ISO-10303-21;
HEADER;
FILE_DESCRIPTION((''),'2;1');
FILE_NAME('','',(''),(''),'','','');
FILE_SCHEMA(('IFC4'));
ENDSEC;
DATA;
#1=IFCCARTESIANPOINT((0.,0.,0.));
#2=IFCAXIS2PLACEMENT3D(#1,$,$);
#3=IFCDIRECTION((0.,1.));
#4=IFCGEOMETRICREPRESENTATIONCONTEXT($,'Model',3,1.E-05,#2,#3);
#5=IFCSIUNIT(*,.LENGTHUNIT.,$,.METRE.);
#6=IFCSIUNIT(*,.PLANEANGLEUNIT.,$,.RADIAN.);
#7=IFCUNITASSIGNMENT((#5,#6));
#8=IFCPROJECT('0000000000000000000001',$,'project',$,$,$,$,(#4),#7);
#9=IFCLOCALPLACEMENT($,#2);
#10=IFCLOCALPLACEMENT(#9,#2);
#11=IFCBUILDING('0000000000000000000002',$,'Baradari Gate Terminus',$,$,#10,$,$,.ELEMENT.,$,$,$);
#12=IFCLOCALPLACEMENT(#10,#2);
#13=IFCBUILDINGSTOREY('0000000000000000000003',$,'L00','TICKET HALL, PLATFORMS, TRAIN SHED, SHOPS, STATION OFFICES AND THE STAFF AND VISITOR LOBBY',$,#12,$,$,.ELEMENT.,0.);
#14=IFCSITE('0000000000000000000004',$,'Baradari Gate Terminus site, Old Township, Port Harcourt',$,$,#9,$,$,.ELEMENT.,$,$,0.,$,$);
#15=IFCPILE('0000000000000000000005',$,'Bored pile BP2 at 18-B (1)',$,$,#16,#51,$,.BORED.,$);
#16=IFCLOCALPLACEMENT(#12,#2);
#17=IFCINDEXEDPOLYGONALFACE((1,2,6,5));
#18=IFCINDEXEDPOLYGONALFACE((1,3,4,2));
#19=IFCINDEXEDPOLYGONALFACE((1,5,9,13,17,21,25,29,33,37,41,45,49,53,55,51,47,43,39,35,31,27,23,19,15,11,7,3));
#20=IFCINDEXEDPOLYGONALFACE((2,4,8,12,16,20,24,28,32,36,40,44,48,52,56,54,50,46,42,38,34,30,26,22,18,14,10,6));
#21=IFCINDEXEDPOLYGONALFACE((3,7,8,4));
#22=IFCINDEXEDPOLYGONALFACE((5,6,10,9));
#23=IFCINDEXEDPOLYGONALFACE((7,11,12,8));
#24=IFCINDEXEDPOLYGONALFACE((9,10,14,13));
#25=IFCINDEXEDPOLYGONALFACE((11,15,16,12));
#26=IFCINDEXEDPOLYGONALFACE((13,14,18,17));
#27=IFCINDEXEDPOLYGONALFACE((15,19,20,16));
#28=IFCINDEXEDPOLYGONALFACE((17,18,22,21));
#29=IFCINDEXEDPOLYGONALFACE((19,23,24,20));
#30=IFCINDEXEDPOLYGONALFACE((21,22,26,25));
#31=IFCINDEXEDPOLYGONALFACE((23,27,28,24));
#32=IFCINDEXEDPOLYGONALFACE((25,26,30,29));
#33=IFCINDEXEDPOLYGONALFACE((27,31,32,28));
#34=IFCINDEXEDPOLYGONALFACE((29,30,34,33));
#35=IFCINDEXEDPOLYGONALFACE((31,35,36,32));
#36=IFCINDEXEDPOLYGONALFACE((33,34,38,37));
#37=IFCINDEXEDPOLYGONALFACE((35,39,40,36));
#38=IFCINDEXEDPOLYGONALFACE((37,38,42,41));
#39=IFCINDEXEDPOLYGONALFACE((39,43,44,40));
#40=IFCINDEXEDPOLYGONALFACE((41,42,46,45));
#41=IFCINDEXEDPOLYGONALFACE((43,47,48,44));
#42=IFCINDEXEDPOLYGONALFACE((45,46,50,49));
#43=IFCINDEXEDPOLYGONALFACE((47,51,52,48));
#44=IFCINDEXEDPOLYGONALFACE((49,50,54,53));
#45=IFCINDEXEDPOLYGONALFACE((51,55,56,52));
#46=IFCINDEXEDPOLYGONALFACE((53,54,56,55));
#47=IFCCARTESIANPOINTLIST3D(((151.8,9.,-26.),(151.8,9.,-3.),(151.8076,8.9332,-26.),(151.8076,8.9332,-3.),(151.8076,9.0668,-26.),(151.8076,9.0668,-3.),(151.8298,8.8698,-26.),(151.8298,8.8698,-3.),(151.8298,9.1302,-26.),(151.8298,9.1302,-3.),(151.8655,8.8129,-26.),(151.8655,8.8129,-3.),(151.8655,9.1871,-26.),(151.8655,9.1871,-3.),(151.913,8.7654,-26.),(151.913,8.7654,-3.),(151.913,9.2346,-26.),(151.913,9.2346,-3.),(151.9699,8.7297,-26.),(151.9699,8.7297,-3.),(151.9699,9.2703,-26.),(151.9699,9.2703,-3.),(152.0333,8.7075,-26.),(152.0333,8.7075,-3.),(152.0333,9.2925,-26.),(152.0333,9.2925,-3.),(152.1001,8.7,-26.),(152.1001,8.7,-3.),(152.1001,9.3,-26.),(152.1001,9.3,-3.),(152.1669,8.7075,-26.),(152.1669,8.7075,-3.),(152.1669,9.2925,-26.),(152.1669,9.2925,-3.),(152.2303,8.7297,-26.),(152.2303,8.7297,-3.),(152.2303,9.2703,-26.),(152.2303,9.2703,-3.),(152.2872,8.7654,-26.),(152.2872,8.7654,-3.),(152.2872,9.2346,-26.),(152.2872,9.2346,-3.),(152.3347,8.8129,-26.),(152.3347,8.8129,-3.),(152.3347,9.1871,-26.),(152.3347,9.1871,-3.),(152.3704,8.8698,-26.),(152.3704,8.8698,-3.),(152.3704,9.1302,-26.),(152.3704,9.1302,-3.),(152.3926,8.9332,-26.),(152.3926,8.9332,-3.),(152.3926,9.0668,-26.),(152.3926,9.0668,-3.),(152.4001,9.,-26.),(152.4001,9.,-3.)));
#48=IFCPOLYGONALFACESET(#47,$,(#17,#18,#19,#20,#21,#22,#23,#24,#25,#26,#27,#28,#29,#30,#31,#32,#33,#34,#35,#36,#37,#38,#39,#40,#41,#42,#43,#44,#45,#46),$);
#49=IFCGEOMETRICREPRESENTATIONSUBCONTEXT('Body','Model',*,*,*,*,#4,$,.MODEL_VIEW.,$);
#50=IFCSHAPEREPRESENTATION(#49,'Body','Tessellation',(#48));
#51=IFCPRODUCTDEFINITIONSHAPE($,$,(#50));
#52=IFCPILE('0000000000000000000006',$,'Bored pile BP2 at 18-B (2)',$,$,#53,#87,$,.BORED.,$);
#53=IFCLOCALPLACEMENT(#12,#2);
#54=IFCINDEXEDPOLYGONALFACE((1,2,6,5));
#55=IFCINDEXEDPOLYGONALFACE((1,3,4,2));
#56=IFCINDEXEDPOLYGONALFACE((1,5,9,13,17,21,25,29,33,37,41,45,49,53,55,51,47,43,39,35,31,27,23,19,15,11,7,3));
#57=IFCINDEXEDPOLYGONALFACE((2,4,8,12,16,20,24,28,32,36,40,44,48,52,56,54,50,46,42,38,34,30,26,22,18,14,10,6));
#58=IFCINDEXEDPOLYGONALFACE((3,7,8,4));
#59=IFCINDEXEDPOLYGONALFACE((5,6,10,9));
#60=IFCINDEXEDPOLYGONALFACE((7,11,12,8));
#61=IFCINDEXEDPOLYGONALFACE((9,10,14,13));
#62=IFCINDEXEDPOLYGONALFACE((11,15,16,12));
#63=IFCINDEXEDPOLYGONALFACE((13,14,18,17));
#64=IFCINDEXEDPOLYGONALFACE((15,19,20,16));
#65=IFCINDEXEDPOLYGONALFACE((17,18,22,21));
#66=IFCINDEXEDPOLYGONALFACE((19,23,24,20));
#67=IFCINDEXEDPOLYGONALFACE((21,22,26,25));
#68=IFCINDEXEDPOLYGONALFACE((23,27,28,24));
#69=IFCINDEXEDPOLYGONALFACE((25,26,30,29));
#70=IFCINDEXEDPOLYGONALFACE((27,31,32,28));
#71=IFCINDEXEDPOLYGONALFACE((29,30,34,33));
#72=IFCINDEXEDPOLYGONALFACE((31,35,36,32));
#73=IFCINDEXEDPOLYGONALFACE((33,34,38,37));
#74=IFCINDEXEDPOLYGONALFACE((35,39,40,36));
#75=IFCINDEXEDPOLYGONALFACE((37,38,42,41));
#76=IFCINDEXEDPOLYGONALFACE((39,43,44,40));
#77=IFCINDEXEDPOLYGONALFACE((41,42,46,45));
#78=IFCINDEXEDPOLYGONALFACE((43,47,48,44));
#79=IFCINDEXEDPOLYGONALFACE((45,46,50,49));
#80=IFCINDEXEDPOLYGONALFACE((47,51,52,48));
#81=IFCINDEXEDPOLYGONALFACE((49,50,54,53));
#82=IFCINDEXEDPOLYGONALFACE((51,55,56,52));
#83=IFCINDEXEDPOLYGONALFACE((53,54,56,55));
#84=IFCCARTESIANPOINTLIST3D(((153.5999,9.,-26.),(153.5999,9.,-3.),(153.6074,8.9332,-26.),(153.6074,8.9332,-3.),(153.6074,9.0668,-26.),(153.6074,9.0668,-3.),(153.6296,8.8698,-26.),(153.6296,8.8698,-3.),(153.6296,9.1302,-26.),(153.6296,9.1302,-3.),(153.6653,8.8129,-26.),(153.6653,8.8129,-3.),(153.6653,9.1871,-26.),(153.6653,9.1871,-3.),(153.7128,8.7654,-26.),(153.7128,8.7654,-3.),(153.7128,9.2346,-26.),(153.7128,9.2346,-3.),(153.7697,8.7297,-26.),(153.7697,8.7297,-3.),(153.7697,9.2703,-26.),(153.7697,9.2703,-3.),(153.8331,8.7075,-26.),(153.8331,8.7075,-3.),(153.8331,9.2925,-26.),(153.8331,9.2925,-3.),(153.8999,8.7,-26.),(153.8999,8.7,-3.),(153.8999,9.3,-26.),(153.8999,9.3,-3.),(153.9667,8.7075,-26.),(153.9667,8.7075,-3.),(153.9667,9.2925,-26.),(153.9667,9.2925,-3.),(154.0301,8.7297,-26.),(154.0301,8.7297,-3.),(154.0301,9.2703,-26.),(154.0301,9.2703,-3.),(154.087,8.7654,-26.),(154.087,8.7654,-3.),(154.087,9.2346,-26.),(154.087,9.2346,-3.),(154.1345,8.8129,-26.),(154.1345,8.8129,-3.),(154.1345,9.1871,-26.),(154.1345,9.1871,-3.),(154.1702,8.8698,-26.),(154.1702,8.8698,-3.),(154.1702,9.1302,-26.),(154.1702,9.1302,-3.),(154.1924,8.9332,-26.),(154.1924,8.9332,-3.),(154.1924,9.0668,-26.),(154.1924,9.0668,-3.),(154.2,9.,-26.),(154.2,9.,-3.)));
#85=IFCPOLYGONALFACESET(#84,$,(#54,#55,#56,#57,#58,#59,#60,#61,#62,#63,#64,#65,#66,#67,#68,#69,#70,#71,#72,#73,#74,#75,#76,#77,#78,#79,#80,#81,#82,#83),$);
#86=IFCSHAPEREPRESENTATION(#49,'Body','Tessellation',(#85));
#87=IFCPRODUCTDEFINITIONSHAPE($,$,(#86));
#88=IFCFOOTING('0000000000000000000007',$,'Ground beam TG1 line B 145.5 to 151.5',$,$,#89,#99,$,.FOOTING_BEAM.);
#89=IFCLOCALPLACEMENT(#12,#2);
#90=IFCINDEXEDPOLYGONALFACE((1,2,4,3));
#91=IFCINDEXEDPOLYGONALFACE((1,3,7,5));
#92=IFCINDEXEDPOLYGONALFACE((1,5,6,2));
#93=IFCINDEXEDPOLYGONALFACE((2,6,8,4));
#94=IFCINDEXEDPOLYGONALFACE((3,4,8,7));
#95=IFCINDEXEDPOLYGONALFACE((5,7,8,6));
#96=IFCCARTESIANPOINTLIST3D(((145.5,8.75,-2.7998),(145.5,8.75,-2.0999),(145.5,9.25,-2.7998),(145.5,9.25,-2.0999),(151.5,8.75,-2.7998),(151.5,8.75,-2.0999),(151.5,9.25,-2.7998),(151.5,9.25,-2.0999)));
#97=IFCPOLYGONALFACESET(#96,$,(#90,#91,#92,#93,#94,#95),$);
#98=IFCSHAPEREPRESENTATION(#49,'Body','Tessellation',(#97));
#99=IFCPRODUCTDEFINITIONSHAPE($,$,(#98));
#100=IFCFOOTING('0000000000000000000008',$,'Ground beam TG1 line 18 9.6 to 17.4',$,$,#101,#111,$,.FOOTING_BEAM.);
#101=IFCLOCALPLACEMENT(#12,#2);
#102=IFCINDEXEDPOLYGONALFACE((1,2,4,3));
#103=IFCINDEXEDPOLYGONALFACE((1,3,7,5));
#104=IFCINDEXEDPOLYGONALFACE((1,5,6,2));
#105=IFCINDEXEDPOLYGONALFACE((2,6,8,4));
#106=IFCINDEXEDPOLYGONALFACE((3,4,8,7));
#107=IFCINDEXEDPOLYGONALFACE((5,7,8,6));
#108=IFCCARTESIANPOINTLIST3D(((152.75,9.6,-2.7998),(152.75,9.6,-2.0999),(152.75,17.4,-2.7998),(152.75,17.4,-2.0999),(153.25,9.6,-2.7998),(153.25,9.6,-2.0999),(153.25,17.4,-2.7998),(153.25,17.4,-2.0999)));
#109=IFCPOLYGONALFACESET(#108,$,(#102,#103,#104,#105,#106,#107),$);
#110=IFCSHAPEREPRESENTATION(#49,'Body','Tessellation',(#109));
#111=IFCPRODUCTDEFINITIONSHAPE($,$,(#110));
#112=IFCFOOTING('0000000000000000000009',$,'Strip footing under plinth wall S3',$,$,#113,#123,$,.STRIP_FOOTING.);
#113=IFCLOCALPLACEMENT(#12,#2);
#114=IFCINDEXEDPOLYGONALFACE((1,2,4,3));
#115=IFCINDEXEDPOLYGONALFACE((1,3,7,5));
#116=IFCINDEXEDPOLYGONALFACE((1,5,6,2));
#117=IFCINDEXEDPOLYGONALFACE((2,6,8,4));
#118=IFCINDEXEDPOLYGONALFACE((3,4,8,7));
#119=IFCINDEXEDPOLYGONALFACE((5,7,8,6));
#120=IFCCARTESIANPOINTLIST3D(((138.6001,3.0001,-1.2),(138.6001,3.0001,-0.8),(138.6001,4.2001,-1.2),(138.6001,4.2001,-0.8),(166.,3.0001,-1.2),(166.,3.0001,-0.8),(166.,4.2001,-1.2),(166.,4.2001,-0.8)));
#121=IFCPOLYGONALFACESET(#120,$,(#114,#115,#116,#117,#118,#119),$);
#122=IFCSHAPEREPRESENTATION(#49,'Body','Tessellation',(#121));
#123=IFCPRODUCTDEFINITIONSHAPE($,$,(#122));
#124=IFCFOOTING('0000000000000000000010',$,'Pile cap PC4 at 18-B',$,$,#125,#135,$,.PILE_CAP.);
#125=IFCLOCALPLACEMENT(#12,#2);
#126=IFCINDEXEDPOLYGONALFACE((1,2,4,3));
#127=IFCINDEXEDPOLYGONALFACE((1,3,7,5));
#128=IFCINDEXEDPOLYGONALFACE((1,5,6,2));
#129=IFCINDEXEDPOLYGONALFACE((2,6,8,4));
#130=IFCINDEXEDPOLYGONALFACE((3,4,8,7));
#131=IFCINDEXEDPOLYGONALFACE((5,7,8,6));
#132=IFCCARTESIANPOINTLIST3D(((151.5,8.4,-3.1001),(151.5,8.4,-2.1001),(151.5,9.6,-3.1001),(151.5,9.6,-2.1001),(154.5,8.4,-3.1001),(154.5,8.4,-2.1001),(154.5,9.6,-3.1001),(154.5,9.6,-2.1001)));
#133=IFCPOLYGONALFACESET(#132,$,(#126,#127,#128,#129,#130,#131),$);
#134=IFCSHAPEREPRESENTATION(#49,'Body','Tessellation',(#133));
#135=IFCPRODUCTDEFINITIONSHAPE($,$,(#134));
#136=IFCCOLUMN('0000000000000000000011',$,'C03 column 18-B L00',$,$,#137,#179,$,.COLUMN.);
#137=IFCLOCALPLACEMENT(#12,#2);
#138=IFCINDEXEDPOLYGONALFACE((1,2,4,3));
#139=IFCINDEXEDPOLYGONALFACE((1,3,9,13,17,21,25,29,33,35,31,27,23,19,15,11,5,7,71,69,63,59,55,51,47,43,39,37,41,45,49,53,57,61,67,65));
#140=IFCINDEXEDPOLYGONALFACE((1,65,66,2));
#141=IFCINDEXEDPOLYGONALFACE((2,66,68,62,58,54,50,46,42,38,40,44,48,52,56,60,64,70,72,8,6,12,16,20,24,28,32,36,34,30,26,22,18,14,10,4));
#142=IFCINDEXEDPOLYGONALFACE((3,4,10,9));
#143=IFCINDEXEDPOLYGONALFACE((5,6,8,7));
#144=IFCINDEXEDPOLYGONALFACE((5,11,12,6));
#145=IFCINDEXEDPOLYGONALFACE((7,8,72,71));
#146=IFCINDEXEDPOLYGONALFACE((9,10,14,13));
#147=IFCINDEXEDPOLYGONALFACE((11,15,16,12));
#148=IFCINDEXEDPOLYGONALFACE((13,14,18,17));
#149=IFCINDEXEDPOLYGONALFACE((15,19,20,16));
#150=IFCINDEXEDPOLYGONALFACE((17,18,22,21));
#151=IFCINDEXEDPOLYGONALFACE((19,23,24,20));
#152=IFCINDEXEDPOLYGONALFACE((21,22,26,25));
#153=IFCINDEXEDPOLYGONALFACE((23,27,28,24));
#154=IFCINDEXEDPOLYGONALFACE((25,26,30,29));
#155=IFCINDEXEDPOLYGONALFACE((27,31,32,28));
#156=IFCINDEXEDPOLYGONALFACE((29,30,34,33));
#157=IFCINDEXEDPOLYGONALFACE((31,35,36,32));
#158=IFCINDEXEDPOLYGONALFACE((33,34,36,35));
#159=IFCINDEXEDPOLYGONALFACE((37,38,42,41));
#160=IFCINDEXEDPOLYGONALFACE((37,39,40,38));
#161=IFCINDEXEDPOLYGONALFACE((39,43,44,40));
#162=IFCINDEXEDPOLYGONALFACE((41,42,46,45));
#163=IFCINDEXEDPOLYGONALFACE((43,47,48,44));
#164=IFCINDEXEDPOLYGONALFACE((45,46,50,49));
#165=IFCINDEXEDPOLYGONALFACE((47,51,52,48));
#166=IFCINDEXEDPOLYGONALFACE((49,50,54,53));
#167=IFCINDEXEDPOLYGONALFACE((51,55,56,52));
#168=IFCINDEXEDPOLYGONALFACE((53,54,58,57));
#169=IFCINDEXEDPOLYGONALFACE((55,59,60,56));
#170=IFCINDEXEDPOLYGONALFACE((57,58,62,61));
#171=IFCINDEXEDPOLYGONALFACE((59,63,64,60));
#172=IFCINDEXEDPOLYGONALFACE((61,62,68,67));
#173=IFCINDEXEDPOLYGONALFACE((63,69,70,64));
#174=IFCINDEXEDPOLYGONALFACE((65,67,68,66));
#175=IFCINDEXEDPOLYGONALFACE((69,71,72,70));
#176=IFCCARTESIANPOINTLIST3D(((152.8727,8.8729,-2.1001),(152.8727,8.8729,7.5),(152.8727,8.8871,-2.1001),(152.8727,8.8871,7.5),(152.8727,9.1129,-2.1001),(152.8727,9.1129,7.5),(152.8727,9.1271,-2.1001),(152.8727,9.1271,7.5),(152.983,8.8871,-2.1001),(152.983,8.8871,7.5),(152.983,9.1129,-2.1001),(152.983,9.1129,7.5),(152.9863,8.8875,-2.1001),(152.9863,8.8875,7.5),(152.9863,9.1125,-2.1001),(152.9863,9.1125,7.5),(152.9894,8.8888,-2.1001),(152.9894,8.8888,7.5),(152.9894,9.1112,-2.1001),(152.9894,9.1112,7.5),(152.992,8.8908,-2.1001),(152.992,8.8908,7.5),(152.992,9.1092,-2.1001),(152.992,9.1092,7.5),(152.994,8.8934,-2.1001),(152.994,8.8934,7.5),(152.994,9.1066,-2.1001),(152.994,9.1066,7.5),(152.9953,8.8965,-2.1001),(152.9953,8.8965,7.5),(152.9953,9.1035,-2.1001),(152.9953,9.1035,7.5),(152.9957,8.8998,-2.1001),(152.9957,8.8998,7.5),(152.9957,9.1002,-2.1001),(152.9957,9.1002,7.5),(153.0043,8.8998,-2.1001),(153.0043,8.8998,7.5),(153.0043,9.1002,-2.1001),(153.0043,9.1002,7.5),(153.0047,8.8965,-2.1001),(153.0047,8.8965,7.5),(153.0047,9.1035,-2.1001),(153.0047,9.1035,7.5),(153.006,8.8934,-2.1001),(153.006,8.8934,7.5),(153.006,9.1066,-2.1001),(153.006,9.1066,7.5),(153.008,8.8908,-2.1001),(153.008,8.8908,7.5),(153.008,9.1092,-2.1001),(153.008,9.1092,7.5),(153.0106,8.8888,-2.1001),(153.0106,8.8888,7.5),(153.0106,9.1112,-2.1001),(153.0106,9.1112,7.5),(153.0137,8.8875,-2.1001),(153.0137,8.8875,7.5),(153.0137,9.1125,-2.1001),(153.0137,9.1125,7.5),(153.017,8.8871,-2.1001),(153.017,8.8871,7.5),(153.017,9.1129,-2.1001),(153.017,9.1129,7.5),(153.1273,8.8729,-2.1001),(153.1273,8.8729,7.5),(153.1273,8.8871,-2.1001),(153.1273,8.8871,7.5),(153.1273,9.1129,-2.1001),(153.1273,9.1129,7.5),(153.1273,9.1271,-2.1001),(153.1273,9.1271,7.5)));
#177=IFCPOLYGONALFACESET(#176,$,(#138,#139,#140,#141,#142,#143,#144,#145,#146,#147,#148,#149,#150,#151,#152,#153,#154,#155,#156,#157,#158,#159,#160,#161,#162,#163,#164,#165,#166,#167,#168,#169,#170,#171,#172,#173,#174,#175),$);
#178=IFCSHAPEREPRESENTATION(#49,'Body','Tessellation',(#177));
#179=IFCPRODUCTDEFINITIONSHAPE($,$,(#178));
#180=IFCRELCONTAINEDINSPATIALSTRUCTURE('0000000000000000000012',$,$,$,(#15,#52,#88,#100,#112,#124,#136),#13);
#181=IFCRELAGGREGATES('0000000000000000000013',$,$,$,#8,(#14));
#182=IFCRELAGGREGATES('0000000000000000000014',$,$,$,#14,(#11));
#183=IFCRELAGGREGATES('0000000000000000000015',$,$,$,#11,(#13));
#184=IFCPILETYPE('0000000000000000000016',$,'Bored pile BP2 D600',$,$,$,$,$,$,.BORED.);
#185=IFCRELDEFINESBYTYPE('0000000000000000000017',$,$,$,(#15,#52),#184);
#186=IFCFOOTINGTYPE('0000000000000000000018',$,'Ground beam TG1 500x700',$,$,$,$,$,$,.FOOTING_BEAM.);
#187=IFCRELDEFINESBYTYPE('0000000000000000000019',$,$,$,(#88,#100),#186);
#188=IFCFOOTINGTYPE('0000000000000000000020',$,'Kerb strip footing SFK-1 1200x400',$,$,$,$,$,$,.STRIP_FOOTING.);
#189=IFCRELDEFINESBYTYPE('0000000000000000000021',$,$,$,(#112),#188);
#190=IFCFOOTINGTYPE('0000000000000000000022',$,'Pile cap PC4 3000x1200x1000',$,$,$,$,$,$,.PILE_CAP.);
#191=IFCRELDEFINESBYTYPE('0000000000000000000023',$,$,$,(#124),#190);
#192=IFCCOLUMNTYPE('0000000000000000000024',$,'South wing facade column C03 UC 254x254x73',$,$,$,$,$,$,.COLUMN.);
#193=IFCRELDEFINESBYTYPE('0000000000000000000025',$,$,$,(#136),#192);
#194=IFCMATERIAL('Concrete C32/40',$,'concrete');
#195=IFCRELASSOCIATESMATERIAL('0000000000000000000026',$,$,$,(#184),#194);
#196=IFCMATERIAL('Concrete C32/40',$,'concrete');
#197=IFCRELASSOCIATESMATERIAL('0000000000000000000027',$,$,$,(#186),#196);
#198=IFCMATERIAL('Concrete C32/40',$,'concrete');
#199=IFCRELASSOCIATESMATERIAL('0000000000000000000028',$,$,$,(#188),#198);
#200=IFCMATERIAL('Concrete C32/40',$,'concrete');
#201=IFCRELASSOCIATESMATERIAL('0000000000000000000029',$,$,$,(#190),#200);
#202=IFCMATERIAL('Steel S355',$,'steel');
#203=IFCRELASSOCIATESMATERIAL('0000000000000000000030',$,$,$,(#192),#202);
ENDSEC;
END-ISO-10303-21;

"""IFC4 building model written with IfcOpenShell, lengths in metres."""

from ifc_helpers import new_model, si_unit, direction, frame, origin, origin_2d, place, context, subcontext, project, spatial, rectangle, circle, i_section, extrude, material, material_profile, profile_set, type_object, element, save


model = new_model("IFC4")

# Units and contexts
model_context = context("Model", 3, precision=1e-05, world=origin(), true_north=direction((0.0, 1.0)))
body_context = subcontext(model_context, "Body", "Model", "MODEL_VIEW")
ifc_project = project(units=[si_unit("LENGTHUNIT", "METRE"), si_unit("PLANEANGLEUNIT", "RADIAN")], contexts=[model_context])

# Site, building, storey
site_placement = place(None, origin())
site = spatial("IfcSite", under=ifc_project, at=site_placement, Name="Baradari Gate Terminus site, Old Township, Port Harcourt", CompositionType="ELEMENT", RefElevation=0.0)
building_placement = place(site_placement, origin())
building = spatial("IfcBuilding", under=site, at=building_placement, Name="Baradari Gate Terminus", CompositionType="ELEMENT")
storey_placement = place(building_placement, origin())
storey = spatial("IfcBuildingStorey", under=building, at=storey_placement, Name="L00", Description="TICKET HALL, PLATFORMS, TRAIN SHED, SHOPS, STATION OFFICES AND THE STAFF AND VISITOR LOBBY", CompositionType="ELEMENT", Elevation=0.0)

# Piles
ifc_material_1 = material(Name="Concrete C32/40", Category="concrete")
pile_type = type_object("IfcPileType", Name="Bored pile BP2 D600", PredefinedType="BORED", material=ifc_material_1)
for number, where, z_axis, x_axis, name in (
    (1, (152.1001, 9.0, -3.0), (0.0, 0.0, -1.0), (1.0, 0.0, 0.0), "Bored pile BP2 at 18-B (1)"),
    (2, (153.8999, 9.0, -3.0), (0.0, 0.0, -1.0), (1.0, 0.0, 0.0), "Bored pile BP2 at 18-B (2)"),
):
    element("IfcPile", number, at=place(storey_placement, frame(where, z_axis=z_axis, x_axis=x_axis)), inside=storey, type_object=pile_type, Name=name, PredefinedType="BORED", context=body_context, shape_type="SweptSolid", body=[
        extrude(circle(Radius=0.3, at=origin_2d()), origin(), (0.0, 0.0, 1.0), 23.0),
    ])

# Footings
ifc_material_2 = material(Name="Concrete C32/40", Category="concrete")
footing_type_1 = type_object("IfcFootingType", Name="Ground beam TG1 500x700", PredefinedType="FOOTING_BEAM", material=ifc_material_2)
footing_1_placement = place(storey_placement, frame((148.5, 9.0, -2.7998), z_axis=(0.0, 0.0, 1.0), x_axis=(1.0, 0.0, 0.0)))
element("IfcFooting", 3, at=footing_1_placement, inside=storey, type_object=footing_type_1, Name="Ground beam TG1 line B 145.5 to 151.5", PredefinedType="FOOTING_BEAM", context=body_context, shape_type="SweptSolid", body=[
    extrude(rectangle(XDim=6.0, YDim=0.5, at=origin_2d()), origin(), (0.0, 0.0, 1.0), 0.7),
])
footing_2_placement = place(storey_placement, frame((153.0, 13.5, -2.7998), z_axis=(0.0, 0.0, 1.0), x_axis=(1.0, 0.0, 0.0)))
element("IfcFooting", 4, at=footing_2_placement, inside=storey, type_object=footing_type_1, Name="Ground beam TG1 line 18 9.6 to 17.4", PredefinedType="FOOTING_BEAM", context=body_context, shape_type="SweptSolid", body=[
    extrude(rectangle(XDim=0.5, YDim=7.8, at=origin_2d()), origin(), (0.0, 0.0, 1.0), 0.7),
])
ifc_material_3 = material(Name="Concrete C32/40", Category="concrete")
footing_type_2 = type_object("IfcFootingType", Name="Kerb strip footing SFK-1 1200x400", PredefinedType="STRIP_FOOTING", material=ifc_material_3)
footing_3_placement = place(storey_placement, frame((152.3, 3.6001, -1.2), z_axis=(0.0, 0.0, 1.0), x_axis=(1.0, 0.0, 0.0)))
element("IfcFooting", 5, at=footing_3_placement, inside=storey, type_object=footing_type_2, Name="Strip footing under plinth wall S3", PredefinedType="STRIP_FOOTING", context=body_context, shape_type="SweptSolid", body=[
    extrude(rectangle(XDim=27.3999, YDim=1.2, at=origin_2d()), origin(), (0.0, 0.0, 1.0), 0.3999),
])
ifc_material_4 = material(Name="Concrete C32/40", Category="concrete")
footing_type_3 = type_object("IfcFootingType", Name="Pile cap PC4 3000x1200x1000", PredefinedType="PILE_CAP", material=ifc_material_4)
footing_4_placement = place(storey_placement, frame((153.0, 9.0, -3.1001), z_axis=(0.0, 0.0, 1.0), x_axis=(1.0, 0.0, 0.0)))
element("IfcFooting", 6, at=footing_4_placement, inside=storey, type_object=footing_type_3, Name="Pile cap PC4 at 18-B", PredefinedType="PILE_CAP", context=body_context, shape_type="SweptSolid", body=[
    extrude(rectangle(XDim=3.0, YDim=1.2, at=origin_2d()), origin(), (0.0, 0.0, 1.0), 1.0),
])

# Column
ifc_material_5 = material(Name="Steel S355", Category="steel")
ifc_material_profile = material_profile(ifc_material_5, i_section(OverallWidth=0.2546, OverallDepth=0.2542, WebThickness=0.0085, FlangeThickness=0.0142, FilletRadius=0.0127, at=origin_2d()), Name="UC 254x254x73")
ifc_profile_set = profile_set([ifc_material_profile], Name="Steel S355")
column_type = type_object("IfcColumnType", Name="South wing facade column C03 UC 254x254x73", PredefinedType="COLUMN", material=ifc_profile_set)
column_placement = place(storey_placement, frame((153.0, 9.0, -2.1001), z_axis=(0.0, 0.0, 1.0), x_axis=(1.0, 0.0, 0.0)))
element("IfcColumn", 7, at=column_placement, inside=storey, type_object=column_type, Name="C03 column 18-B L00", PredefinedType="COLUMN", context=body_context, shape_type="SweptSolid", body=[
    extrude(i_section(OverallWidth=0.2546, OverallDepth=0.2542, WebThickness=0.0085, FlangeThickness=0.0142, FilletRadius=0.0127, at=origin_2d()), origin(), (0.0, 0.0, 1.0), 9.6001),
])

save(model, "model.ifc")
